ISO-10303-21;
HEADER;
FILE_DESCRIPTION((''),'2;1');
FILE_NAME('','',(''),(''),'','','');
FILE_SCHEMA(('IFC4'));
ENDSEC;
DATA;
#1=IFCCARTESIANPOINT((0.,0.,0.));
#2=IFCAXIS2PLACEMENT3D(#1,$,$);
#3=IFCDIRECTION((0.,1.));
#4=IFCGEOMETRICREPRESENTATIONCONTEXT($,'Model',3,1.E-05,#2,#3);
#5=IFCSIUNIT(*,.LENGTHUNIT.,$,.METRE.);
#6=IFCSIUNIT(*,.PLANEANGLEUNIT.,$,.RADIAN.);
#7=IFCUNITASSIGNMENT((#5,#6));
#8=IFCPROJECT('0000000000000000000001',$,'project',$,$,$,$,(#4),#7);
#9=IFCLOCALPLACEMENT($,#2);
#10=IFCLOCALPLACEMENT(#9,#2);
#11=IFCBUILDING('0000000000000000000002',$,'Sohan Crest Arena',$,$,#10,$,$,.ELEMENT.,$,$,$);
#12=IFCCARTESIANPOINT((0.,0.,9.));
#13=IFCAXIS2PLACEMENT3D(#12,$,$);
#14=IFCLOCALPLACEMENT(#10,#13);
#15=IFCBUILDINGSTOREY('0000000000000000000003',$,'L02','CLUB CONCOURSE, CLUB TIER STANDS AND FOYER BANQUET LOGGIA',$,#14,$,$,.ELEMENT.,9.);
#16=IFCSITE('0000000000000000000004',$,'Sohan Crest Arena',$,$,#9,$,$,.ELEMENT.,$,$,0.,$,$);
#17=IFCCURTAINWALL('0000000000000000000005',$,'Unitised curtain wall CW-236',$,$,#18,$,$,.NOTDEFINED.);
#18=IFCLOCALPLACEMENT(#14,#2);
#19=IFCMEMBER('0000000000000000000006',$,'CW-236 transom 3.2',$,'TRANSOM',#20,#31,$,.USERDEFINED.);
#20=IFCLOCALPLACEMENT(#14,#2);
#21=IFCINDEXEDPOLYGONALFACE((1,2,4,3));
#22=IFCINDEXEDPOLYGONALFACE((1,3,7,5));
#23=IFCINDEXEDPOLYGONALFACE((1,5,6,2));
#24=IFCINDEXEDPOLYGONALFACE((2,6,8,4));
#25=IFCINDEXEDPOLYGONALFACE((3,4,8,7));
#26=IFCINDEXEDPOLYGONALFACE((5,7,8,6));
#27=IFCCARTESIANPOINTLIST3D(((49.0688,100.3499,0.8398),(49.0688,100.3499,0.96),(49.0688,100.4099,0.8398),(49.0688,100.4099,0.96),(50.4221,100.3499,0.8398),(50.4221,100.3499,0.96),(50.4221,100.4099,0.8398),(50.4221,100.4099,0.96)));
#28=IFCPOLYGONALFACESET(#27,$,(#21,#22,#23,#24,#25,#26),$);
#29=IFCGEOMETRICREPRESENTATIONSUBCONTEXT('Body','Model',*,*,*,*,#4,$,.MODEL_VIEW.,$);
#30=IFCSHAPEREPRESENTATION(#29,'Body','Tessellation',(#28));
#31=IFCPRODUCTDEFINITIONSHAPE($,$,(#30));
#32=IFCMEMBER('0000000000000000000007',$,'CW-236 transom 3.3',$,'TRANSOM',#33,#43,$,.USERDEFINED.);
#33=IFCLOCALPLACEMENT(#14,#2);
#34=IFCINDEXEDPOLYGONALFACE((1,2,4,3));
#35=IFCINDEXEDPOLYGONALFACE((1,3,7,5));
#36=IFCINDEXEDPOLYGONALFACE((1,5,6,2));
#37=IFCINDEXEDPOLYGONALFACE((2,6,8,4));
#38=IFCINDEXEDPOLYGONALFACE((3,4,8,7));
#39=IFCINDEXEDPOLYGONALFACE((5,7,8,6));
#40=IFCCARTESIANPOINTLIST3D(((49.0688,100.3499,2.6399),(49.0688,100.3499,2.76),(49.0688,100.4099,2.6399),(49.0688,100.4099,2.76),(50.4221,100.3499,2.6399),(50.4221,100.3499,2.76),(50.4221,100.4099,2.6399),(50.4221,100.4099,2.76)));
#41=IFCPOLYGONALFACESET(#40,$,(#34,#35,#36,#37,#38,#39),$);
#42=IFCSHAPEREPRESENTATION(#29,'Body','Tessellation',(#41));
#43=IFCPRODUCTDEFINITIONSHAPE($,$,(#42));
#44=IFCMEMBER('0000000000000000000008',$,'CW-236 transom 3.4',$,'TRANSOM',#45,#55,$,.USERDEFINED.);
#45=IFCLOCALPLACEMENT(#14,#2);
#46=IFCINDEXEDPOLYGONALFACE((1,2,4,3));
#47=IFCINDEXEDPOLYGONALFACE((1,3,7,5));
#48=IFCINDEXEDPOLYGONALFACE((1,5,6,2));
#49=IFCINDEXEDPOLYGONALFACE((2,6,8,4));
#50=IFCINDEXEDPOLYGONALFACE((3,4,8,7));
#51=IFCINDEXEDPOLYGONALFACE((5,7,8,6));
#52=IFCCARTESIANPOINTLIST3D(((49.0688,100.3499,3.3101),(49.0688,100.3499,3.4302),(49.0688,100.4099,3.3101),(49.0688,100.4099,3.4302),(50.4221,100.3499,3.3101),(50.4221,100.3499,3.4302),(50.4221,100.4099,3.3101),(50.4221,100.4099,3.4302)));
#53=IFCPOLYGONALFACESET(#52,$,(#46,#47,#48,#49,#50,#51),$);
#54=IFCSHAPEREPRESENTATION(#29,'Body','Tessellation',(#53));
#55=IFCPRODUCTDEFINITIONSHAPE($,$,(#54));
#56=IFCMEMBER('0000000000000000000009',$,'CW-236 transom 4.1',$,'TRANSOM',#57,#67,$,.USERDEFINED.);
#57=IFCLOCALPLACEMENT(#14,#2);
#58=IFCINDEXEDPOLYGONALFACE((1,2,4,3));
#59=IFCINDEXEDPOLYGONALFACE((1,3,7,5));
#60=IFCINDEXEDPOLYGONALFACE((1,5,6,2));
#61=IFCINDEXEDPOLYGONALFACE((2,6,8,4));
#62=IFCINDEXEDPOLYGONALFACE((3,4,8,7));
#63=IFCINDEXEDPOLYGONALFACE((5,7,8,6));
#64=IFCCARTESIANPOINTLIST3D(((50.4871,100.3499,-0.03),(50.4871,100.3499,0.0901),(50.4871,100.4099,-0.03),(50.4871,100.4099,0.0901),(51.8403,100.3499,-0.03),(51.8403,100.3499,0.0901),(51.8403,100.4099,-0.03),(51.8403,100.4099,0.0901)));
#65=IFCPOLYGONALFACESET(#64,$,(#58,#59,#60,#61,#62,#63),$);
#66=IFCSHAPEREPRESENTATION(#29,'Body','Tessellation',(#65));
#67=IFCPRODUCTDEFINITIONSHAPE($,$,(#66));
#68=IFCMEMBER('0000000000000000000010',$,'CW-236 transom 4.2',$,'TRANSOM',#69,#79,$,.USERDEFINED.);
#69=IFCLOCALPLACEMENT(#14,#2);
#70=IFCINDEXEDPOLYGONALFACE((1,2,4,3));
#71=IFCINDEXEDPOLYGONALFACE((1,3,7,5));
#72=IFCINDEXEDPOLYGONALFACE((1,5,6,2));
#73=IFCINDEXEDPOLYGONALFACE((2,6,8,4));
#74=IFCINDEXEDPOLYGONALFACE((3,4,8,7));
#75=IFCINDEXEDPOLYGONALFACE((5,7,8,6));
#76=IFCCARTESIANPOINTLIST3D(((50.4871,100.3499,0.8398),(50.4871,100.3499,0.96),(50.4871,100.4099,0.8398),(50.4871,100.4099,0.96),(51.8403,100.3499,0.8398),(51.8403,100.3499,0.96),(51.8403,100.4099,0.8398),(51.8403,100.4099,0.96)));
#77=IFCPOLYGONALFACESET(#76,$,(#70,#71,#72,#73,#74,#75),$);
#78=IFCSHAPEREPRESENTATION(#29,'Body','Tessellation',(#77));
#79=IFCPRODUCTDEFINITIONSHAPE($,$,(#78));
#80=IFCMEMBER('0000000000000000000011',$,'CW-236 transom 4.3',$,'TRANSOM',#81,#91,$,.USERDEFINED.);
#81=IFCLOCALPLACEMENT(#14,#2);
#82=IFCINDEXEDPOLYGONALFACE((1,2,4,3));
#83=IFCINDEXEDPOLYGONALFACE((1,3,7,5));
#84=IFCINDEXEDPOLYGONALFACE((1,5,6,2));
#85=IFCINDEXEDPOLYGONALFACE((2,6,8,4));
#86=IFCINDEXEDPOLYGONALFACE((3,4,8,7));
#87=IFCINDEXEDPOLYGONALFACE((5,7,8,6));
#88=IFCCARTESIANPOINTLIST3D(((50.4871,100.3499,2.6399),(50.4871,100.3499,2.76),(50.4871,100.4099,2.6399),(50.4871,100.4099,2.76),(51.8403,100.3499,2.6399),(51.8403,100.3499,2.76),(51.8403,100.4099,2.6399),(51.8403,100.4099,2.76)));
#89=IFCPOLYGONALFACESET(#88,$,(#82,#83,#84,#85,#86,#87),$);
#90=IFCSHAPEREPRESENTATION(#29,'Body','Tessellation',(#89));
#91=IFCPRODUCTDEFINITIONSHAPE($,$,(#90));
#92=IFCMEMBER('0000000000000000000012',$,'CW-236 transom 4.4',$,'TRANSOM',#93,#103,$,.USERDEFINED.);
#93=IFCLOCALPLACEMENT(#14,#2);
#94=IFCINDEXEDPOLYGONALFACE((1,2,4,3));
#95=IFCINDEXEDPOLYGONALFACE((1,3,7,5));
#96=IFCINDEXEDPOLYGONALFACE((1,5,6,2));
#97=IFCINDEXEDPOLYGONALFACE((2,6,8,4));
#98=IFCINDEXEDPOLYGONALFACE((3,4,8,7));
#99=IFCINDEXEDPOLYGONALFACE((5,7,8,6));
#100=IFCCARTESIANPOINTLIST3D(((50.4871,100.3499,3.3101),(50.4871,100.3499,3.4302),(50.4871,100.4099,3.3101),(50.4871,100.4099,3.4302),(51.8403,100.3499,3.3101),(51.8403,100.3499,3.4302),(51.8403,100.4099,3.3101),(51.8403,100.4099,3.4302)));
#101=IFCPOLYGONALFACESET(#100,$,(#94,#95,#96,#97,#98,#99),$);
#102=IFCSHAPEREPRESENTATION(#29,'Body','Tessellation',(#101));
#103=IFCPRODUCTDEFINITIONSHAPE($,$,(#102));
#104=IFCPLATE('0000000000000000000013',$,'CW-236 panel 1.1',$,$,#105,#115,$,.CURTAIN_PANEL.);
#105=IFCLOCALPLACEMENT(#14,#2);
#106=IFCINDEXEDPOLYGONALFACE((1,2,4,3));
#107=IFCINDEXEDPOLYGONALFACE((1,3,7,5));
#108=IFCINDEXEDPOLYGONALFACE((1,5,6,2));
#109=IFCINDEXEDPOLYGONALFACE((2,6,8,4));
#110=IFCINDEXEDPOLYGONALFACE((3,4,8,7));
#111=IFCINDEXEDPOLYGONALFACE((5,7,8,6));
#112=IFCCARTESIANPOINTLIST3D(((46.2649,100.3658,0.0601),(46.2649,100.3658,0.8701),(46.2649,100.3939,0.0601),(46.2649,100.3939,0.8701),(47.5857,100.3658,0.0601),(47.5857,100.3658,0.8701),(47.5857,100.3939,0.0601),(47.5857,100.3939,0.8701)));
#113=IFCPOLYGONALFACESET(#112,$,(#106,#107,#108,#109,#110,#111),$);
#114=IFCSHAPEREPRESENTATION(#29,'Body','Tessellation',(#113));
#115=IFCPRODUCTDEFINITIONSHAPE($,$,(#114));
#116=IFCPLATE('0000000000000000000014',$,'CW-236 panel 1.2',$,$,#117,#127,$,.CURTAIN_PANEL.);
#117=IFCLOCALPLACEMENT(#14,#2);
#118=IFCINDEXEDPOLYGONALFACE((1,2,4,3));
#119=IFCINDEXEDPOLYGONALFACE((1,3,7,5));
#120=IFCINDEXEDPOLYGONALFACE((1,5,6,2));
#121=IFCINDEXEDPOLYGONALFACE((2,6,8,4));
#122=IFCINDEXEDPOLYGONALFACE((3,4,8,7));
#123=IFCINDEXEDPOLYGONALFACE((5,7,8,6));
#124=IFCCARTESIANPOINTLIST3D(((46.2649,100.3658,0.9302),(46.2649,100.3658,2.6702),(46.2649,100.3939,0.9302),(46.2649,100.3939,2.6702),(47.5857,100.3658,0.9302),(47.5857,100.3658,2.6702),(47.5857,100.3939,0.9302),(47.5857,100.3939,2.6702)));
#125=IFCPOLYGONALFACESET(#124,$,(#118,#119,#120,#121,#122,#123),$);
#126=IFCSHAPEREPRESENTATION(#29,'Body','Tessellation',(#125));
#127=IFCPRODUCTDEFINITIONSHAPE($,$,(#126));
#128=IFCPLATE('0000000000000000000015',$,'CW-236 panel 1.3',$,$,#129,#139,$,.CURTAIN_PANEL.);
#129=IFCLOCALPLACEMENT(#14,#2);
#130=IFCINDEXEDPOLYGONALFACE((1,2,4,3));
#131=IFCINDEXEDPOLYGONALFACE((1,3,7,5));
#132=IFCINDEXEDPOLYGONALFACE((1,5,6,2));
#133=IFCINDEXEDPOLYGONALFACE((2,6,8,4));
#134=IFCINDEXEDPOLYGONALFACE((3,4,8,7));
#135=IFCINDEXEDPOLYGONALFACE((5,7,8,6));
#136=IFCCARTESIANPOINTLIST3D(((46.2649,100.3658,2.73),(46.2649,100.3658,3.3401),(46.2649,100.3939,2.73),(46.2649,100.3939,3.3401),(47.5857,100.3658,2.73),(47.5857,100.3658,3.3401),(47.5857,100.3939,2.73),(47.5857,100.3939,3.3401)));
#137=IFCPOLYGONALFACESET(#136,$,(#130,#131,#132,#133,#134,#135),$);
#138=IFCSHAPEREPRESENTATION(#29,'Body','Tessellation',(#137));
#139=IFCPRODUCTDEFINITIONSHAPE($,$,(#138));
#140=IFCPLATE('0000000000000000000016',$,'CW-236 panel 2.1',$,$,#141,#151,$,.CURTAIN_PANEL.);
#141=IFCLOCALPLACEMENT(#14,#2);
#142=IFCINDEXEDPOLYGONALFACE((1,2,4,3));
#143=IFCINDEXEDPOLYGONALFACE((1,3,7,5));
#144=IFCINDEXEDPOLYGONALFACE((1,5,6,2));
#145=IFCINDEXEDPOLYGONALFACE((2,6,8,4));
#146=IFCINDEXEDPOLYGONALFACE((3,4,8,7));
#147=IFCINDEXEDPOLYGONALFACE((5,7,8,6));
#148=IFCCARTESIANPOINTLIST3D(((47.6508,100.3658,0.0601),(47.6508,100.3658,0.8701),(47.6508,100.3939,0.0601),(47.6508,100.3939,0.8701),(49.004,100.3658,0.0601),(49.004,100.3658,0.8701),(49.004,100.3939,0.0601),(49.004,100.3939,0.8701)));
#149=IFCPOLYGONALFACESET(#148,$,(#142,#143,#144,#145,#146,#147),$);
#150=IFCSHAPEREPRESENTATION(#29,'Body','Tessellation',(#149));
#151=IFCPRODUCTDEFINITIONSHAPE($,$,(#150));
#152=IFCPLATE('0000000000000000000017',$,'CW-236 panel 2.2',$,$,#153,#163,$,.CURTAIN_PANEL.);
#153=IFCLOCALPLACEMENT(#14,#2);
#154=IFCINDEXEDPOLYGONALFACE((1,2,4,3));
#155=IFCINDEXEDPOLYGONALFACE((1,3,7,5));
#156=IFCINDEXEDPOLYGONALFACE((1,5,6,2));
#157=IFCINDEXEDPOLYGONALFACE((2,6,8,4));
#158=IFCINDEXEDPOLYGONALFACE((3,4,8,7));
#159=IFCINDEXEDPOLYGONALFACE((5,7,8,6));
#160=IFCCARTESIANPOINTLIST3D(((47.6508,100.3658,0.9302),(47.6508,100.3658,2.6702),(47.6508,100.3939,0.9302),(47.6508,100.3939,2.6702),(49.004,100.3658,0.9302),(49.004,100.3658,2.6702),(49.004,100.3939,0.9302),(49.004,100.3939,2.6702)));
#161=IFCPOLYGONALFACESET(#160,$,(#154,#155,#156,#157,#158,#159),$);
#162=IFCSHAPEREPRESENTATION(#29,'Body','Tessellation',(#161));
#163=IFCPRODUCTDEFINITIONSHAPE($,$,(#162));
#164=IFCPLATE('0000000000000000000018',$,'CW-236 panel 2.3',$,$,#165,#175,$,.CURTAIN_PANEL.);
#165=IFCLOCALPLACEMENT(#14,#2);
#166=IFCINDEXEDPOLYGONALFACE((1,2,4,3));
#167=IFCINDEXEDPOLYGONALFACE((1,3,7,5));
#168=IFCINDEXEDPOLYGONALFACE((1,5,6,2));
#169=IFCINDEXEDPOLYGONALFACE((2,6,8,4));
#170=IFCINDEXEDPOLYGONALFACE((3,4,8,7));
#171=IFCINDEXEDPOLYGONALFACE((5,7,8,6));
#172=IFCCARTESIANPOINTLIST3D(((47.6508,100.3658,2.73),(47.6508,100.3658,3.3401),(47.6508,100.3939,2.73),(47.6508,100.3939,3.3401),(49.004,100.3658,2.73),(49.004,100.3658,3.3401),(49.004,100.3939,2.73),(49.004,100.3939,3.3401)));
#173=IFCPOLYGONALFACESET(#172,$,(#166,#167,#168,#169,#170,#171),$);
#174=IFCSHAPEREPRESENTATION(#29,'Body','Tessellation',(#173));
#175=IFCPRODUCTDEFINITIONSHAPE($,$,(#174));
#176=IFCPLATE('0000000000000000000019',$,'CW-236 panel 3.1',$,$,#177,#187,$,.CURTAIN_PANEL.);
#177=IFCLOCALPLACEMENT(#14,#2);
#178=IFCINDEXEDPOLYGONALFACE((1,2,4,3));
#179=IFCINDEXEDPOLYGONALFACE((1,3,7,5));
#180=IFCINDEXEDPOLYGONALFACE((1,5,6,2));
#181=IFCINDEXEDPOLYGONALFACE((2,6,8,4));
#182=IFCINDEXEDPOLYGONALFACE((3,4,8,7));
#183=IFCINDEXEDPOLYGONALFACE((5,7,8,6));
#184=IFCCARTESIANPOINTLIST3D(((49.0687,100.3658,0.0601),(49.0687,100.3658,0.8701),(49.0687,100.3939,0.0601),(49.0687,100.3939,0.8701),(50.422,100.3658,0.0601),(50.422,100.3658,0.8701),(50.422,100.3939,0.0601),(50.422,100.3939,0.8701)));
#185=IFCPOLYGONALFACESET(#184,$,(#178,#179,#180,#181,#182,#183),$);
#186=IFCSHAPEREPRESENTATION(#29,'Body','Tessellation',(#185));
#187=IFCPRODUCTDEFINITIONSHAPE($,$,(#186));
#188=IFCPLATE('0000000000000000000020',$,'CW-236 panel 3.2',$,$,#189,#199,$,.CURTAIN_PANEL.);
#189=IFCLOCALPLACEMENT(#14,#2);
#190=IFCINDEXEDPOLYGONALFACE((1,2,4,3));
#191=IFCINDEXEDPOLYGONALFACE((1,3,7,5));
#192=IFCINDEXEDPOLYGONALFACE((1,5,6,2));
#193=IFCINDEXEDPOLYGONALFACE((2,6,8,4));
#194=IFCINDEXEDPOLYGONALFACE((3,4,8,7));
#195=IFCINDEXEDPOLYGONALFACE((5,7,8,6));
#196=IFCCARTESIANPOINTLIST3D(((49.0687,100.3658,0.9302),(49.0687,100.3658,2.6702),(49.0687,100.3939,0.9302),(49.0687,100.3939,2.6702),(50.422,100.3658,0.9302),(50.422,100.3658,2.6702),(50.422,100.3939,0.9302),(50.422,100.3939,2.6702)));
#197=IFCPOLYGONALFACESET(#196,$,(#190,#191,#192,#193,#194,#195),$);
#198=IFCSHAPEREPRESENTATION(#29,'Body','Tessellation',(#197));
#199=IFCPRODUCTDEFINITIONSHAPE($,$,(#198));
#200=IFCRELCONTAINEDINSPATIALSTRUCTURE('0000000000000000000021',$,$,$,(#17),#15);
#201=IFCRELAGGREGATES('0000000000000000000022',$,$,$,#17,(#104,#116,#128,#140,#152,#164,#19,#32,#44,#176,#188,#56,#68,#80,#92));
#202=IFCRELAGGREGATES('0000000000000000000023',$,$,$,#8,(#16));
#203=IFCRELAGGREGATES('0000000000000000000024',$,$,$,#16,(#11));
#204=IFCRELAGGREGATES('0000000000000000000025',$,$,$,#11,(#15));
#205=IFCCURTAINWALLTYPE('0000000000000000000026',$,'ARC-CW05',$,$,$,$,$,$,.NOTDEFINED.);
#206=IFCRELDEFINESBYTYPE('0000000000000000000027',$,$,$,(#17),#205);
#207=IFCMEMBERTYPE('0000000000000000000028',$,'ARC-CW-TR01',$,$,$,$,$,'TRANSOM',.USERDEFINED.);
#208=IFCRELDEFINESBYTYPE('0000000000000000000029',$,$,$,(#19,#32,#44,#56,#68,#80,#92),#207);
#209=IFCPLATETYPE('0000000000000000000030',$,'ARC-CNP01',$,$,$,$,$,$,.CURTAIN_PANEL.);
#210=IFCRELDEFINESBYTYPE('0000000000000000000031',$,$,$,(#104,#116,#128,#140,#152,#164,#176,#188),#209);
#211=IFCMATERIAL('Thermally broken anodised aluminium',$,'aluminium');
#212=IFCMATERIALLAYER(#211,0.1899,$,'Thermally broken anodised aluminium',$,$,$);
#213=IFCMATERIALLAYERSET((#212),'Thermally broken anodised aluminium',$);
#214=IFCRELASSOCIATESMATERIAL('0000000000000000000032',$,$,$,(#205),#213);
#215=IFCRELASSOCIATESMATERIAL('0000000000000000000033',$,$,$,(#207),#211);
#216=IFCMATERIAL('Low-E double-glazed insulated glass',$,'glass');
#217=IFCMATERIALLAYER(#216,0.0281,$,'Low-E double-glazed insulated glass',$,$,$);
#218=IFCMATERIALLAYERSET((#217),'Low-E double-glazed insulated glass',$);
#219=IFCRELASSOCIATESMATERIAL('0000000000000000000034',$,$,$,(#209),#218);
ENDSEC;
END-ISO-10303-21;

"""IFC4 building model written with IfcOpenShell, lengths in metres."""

from ifc_helpers import new_model, si_unit, direction, frame, origin, origin_2d, place, context, subcontext, project, spatial, rectangle, extrude, material, layer, layer_set, material_profile, profile_set, type_object, element, aggregate, save


model = new_model("IFC4")

# Units and contexts
model_context = context("Model", 3, precision=1e-05, world=origin(), true_north=direction((0.0, 1.0)))
body_context = subcontext(model_context, "Body", "Model", "MODEL_VIEW")
ifc_project = project(units=[si_unit("LENGTHUNIT", "METRE"), si_unit("PLANEANGLEUNIT", "RADIAN")], contexts=[model_context])

# Site, building, storey
site_placement = place(None, origin())
site = spatial("IfcSite", under=ifc_project, at=site_placement, Name="Sohan Crest Arena", CompositionType="ELEMENT", RefElevation=0.0)
building_placement = place(site_placement, origin())
building = spatial("IfcBuilding", under=site, at=building_placement, Name="Sohan Crest Arena", CompositionType="ELEMENT")
storey_placement = place(building_placement, frame((0.0, 0.0, 9.0)))
storey = spatial("IfcBuildingStorey", under=building, at=storey_placement, Name="L02", Description="CLUB CONCOURSE, CLUB TIER STANDS AND FOYER BANQUET LOGGIA", CompositionType="ELEMENT", Elevation=9.0)

# Shared definitions
ifc_material_1 = material(Name="Thermally broken anodised aluminium", Category="aluminium")

# Curtain wall, members, plates
ifc_layer_1 = layer(ifc_material_1, 0.1899, Name="Thermally broken anodised aluminium")
ifc_layer_set_1 = layer_set([ifc_layer_1], Name="Thermally broken anodised aluminium")
curtain_wall_type_1 = type_object("IfcCurtainWallType", Name="ARC-CW05", PredefinedType="NOTDEFINED", material=ifc_layer_set_1)
curtain_wall_1_placement = place(storey_placement, origin())
curtain_wall_1 = element("IfcCurtainWall", 1, at=curtain_wall_1_placement, inside=storey, type_object=curtain_wall_type_1, Name="Unitised curtain wall CW-236", PredefinedType="NOTDEFINED")
ifc_material_profile_1 = material_profile(ifc_material_1, rectangle(XDim=0.0601, YDim=0.1201, at=origin_2d()), Name="ALU-TRAN 60x120")
ifc_profile_set_1 = profile_set([ifc_material_profile_1], Name="Thermally broken anodised aluminium")
member_type_1 = type_object("IfcMemberType", Name="ARC-CW-TR01", ElementType="TRANSOM", PredefinedType="USERDEFINED", material=ifc_profile_set_1)
member_1_placement = place(storey_placement, frame((49.0688, 100.3799, 0.8999), z_axis=(1.0, 0.0, 0.0), x_axis=(0.0, 1.0, 0.0)))
member_1 = element("IfcMember", 2, at=member_1_placement, type_object=member_type_1, Name="CW-236 transom 3.2", ObjectType="TRANSOM", PredefinedType="USERDEFINED", context=body_context, shape_type="SweptSolid", body=[
    extrude(rectangle(XDim=0.0601, YDim=0.1201, at=origin_2d()), origin(), (0.0, 0.0, 1.0), 1.3533),
])
member_2_placement = place(storey_placement, frame((49.0688, 100.3799, 2.7), z_axis=(1.0, 0.0, 0.0), x_axis=(0.0, 1.0, 0.0)))
member_2 = element("IfcMember", 3, at=member_2_placement, type_object=member_type_1, Name="CW-236 transom 3.3", ObjectType="TRANSOM", PredefinedType="USERDEFINED", context=body_context, shape_type="SweptSolid", body=[
    extrude(rectangle(XDim=0.0601, YDim=0.1201, at=origin_2d()), origin(), (0.0, 0.0, 1.0), 1.3533),
])
member_3_placement = place(storey_placement, frame((49.0688, 100.3799, 3.3701), z_axis=(1.0, 0.0, 0.0), x_axis=(0.0, 1.0, 0.0)))
member_3 = element("IfcMember", 4, at=member_3_placement, type_object=member_type_1, Name="CW-236 transom 3.4", ObjectType="TRANSOM", PredefinedType="USERDEFINED", context=body_context, shape_type="SweptSolid", body=[
    extrude(rectangle(XDim=0.0601, YDim=0.1201, at=origin_2d()), origin(), (0.0, 0.0, 1.0), 1.3533),
])
member_4_placement = place(storey_placement, frame((50.4871, 100.3799, 0.03), z_axis=(1.0, 0.0, 0.0), x_axis=(0.0, 1.0, 0.0)))
member_4 = element("IfcMember", 5, at=member_4_placement, type_object=member_type_1, Name="CW-236 transom 4.1", ObjectType="TRANSOM", PredefinedType="USERDEFINED", context=body_context, shape_type="SweptSolid", body=[
    extrude(rectangle(XDim=0.0601, YDim=0.1201, at=origin_2d()), origin(), (0.0, 0.0, 1.0), 1.3533),
])
member_5_placement = place(storey_placement, frame((50.4871, 100.3799, 0.8999), z_axis=(1.0, 0.0, 0.0), x_axis=(0.0, 1.0, 0.0)))
member_5 = element("IfcMember", 6, at=member_5_placement, type_object=member_type_1, Name="CW-236 transom 4.2", ObjectType="TRANSOM", PredefinedType="USERDEFINED", context=body_context, shape_type="SweptSolid", body=[
    extrude(rectangle(XDim=0.0601, YDim=0.1201, at=origin_2d()), origin(), (0.0, 0.0, 1.0), 1.3533),
])
member_6_placement = place(storey_placement, frame((50.4871, 100.3799, 2.7), z_axis=(1.0, 0.0, 0.0), x_axis=(0.0, 1.0, 0.0)))
member_6 = element("IfcMember", 7, at=member_6_placement, type_object=member_type_1, Name="CW-236 transom 4.3", ObjectType="TRANSOM", PredefinedType="USERDEFINED", context=body_context, shape_type="SweptSolid", body=[
    extrude(rectangle(XDim=0.0601, YDim=0.1201, at=origin_2d()), origin(), (0.0, 0.0, 1.0), 1.3533),
])
member_7_placement = place(storey_placement, frame((50.4871, 100.3799, 3.3701), z_axis=(1.0, 0.0, 0.0), x_axis=(0.0, 1.0, 0.0)))
member_7 = element("IfcMember", 8, at=member_7_placement, type_object=member_type_1, Name="CW-236 transom 4.4", ObjectType="TRANSOM", PredefinedType="USERDEFINED", context=body_context, shape_type="SweptSolid", body=[
    extrude(rectangle(XDim=0.0601, YDim=0.1201, at=origin_2d()), origin(), (0.0, 0.0, 1.0), 1.3533),
])
ifc_material_2 = material(Name="Low-E double-glazed insulated glass", Category="glass")
ifc_layer_2 = layer(ifc_material_2, 0.0281, Name="Low-E double-glazed insulated glass")
ifc_layer_set_2 = layer_set([ifc_layer_2], Name="Low-E double-glazed insulated glass")
plate_type_1 = type_object("IfcPlateType", Name="ARC-CNP01", PredefinedType="CURTAIN_PANEL", material=ifc_layer_set_2)
plate_1_placement = place(storey_placement, frame((46.9253, 100.3799, 0.0601), z_axis=(0.0, 0.0, 1.0), x_axis=(1.0, 0.0, 0.0)))
plate_1 = element("IfcPlate", 9, at=plate_1_placement, type_object=plate_type_1, Name="CW-236 panel 1.1", PredefinedType="CURTAIN_PANEL", context=body_context, shape_type="SweptSolid", body=[
    extrude(rectangle(XDim=1.3208, YDim=0.0281, at=origin_2d()), origin(), (0.0, 0.0, 1.0), 0.8101),
])
plate_2_placement = place(storey_placement, frame((46.9253, 100.3799, 0.9302), z_axis=(0.0, 0.0, 1.0), x_axis=(1.0, 0.0, 0.0)))
plate_2 = element("IfcPlate", 10, at=plate_2_placement, type_object=plate_type_1, Name="CW-236 panel 1.2", PredefinedType="CURTAIN_PANEL", context=body_context, shape_type="SweptSolid", body=[
    extrude(rectangle(XDim=1.3208, YDim=0.0281, at=origin_2d()), origin(), (0.0, 0.0, 1.0), 1.74),
])
plate_3_placement = place(storey_placement, frame((46.9253, 100.3799, 2.73), z_axis=(0.0, 0.0, 1.0), x_axis=(1.0, 0.0, 0.0)))
plate_3 = element("IfcPlate", 11, at=plate_3_placement, type_object=plate_type_1, Name="CW-236 panel 1.3", PredefinedType="CURTAIN_PANEL", context=body_context, shape_type="SweptSolid", body=[
    extrude(rectangle(XDim=1.3208, YDim=0.0281, at=origin_2d()), origin(), (0.0, 0.0, 1.0), 0.6101),
])
plate_4_placement = place(storey_placement, frame((48.3274, 100.3799, 0.0601), z_axis=(0.0, 0.0, 1.0), x_axis=(1.0, 0.0, 0.0)))
plate_4 = element("IfcPlate", 12, at=plate_4_placement, type_object=plate_type_1, Name="CW-236 panel 2.1", PredefinedType="CURTAIN_PANEL", context=body_context, shape_type="SweptSolid", body=[
    extrude(rectangle(XDim=1.3533, YDim=0.0281, at=origin_2d()), origin(), (0.0, 0.0, 1.0), 0.8101),
])
plate_5_placement = place(storey_placement, frame((48.3274, 100.3799, 0.9302), z_axis=(0.0, 0.0, 1.0), x_axis=(1.0, 0.0, 0.0)))
plate_5 = element("IfcPlate", 13, at=plate_5_placement, type_object=plate_type_1, Name="CW-236 panel 2.2", PredefinedType="CURTAIN_PANEL", context=body_context, shape_type="SweptSolid", body=[
    extrude(rectangle(XDim=1.3533, YDim=0.0281, at=origin_2d()), origin(), (0.0, 0.0, 1.0), 1.74),
])
plate_6_placement = place(storey_placement, frame((48.3274, 100.3799, 2.73), z_axis=(0.0, 0.0, 1.0), x_axis=(1.0, 0.0, 0.0)))
plate_6 = element("IfcPlate", 14, at=plate_6_placement, type_object=plate_type_1, Name="CW-236 panel 2.3", PredefinedType="CURTAIN_PANEL", context=body_context, shape_type="SweptSolid", body=[
    extrude(rectangle(XDim=1.3533, YDim=0.0281, at=origin_2d()), origin(), (0.0, 0.0, 1.0), 0.6101),
])
plate_7_placement = place(storey_placement, frame((49.7454, 100.3799, 0.0601), z_axis=(0.0, 0.0, 1.0), x_axis=(1.0, 0.0, 0.0)))
plate_7 = element("IfcPlate", 15, at=plate_7_placement, type_object=plate_type_1, Name="CW-236 panel 3.1", PredefinedType="CURTAIN_PANEL", context=body_context, shape_type="SweptSolid", body=[
    extrude(rectangle(XDim=1.3533, YDim=0.0281, at=origin_2d()), origin(), (0.0, 0.0, 1.0), 0.8101),
])
plate_8_placement = place(storey_placement, frame((49.7454, 100.3799, 0.9302), z_axis=(0.0, 0.0, 1.0), x_axis=(1.0, 0.0, 0.0)))
plate_8 = element("IfcPlate", 16, at=plate_8_placement, type_object=plate_type_1, Name="CW-236 panel 3.2", PredefinedType="CURTAIN_PANEL", context=body_context, shape_type="SweptSolid", body=[
    extrude(rectangle(XDim=1.3533, YDim=0.0281, at=origin_2d()), origin(), (0.0, 0.0, 1.0), 1.74),
])
aggregate(curtain_wall_1, [plate_1, plate_2, plate_3, plate_4, plate_5, plate_6, member_1, member_2, member_3, plate_7, plate_8, member_4, member_5, member_6, member_7])

save(model, "model.ifc")
